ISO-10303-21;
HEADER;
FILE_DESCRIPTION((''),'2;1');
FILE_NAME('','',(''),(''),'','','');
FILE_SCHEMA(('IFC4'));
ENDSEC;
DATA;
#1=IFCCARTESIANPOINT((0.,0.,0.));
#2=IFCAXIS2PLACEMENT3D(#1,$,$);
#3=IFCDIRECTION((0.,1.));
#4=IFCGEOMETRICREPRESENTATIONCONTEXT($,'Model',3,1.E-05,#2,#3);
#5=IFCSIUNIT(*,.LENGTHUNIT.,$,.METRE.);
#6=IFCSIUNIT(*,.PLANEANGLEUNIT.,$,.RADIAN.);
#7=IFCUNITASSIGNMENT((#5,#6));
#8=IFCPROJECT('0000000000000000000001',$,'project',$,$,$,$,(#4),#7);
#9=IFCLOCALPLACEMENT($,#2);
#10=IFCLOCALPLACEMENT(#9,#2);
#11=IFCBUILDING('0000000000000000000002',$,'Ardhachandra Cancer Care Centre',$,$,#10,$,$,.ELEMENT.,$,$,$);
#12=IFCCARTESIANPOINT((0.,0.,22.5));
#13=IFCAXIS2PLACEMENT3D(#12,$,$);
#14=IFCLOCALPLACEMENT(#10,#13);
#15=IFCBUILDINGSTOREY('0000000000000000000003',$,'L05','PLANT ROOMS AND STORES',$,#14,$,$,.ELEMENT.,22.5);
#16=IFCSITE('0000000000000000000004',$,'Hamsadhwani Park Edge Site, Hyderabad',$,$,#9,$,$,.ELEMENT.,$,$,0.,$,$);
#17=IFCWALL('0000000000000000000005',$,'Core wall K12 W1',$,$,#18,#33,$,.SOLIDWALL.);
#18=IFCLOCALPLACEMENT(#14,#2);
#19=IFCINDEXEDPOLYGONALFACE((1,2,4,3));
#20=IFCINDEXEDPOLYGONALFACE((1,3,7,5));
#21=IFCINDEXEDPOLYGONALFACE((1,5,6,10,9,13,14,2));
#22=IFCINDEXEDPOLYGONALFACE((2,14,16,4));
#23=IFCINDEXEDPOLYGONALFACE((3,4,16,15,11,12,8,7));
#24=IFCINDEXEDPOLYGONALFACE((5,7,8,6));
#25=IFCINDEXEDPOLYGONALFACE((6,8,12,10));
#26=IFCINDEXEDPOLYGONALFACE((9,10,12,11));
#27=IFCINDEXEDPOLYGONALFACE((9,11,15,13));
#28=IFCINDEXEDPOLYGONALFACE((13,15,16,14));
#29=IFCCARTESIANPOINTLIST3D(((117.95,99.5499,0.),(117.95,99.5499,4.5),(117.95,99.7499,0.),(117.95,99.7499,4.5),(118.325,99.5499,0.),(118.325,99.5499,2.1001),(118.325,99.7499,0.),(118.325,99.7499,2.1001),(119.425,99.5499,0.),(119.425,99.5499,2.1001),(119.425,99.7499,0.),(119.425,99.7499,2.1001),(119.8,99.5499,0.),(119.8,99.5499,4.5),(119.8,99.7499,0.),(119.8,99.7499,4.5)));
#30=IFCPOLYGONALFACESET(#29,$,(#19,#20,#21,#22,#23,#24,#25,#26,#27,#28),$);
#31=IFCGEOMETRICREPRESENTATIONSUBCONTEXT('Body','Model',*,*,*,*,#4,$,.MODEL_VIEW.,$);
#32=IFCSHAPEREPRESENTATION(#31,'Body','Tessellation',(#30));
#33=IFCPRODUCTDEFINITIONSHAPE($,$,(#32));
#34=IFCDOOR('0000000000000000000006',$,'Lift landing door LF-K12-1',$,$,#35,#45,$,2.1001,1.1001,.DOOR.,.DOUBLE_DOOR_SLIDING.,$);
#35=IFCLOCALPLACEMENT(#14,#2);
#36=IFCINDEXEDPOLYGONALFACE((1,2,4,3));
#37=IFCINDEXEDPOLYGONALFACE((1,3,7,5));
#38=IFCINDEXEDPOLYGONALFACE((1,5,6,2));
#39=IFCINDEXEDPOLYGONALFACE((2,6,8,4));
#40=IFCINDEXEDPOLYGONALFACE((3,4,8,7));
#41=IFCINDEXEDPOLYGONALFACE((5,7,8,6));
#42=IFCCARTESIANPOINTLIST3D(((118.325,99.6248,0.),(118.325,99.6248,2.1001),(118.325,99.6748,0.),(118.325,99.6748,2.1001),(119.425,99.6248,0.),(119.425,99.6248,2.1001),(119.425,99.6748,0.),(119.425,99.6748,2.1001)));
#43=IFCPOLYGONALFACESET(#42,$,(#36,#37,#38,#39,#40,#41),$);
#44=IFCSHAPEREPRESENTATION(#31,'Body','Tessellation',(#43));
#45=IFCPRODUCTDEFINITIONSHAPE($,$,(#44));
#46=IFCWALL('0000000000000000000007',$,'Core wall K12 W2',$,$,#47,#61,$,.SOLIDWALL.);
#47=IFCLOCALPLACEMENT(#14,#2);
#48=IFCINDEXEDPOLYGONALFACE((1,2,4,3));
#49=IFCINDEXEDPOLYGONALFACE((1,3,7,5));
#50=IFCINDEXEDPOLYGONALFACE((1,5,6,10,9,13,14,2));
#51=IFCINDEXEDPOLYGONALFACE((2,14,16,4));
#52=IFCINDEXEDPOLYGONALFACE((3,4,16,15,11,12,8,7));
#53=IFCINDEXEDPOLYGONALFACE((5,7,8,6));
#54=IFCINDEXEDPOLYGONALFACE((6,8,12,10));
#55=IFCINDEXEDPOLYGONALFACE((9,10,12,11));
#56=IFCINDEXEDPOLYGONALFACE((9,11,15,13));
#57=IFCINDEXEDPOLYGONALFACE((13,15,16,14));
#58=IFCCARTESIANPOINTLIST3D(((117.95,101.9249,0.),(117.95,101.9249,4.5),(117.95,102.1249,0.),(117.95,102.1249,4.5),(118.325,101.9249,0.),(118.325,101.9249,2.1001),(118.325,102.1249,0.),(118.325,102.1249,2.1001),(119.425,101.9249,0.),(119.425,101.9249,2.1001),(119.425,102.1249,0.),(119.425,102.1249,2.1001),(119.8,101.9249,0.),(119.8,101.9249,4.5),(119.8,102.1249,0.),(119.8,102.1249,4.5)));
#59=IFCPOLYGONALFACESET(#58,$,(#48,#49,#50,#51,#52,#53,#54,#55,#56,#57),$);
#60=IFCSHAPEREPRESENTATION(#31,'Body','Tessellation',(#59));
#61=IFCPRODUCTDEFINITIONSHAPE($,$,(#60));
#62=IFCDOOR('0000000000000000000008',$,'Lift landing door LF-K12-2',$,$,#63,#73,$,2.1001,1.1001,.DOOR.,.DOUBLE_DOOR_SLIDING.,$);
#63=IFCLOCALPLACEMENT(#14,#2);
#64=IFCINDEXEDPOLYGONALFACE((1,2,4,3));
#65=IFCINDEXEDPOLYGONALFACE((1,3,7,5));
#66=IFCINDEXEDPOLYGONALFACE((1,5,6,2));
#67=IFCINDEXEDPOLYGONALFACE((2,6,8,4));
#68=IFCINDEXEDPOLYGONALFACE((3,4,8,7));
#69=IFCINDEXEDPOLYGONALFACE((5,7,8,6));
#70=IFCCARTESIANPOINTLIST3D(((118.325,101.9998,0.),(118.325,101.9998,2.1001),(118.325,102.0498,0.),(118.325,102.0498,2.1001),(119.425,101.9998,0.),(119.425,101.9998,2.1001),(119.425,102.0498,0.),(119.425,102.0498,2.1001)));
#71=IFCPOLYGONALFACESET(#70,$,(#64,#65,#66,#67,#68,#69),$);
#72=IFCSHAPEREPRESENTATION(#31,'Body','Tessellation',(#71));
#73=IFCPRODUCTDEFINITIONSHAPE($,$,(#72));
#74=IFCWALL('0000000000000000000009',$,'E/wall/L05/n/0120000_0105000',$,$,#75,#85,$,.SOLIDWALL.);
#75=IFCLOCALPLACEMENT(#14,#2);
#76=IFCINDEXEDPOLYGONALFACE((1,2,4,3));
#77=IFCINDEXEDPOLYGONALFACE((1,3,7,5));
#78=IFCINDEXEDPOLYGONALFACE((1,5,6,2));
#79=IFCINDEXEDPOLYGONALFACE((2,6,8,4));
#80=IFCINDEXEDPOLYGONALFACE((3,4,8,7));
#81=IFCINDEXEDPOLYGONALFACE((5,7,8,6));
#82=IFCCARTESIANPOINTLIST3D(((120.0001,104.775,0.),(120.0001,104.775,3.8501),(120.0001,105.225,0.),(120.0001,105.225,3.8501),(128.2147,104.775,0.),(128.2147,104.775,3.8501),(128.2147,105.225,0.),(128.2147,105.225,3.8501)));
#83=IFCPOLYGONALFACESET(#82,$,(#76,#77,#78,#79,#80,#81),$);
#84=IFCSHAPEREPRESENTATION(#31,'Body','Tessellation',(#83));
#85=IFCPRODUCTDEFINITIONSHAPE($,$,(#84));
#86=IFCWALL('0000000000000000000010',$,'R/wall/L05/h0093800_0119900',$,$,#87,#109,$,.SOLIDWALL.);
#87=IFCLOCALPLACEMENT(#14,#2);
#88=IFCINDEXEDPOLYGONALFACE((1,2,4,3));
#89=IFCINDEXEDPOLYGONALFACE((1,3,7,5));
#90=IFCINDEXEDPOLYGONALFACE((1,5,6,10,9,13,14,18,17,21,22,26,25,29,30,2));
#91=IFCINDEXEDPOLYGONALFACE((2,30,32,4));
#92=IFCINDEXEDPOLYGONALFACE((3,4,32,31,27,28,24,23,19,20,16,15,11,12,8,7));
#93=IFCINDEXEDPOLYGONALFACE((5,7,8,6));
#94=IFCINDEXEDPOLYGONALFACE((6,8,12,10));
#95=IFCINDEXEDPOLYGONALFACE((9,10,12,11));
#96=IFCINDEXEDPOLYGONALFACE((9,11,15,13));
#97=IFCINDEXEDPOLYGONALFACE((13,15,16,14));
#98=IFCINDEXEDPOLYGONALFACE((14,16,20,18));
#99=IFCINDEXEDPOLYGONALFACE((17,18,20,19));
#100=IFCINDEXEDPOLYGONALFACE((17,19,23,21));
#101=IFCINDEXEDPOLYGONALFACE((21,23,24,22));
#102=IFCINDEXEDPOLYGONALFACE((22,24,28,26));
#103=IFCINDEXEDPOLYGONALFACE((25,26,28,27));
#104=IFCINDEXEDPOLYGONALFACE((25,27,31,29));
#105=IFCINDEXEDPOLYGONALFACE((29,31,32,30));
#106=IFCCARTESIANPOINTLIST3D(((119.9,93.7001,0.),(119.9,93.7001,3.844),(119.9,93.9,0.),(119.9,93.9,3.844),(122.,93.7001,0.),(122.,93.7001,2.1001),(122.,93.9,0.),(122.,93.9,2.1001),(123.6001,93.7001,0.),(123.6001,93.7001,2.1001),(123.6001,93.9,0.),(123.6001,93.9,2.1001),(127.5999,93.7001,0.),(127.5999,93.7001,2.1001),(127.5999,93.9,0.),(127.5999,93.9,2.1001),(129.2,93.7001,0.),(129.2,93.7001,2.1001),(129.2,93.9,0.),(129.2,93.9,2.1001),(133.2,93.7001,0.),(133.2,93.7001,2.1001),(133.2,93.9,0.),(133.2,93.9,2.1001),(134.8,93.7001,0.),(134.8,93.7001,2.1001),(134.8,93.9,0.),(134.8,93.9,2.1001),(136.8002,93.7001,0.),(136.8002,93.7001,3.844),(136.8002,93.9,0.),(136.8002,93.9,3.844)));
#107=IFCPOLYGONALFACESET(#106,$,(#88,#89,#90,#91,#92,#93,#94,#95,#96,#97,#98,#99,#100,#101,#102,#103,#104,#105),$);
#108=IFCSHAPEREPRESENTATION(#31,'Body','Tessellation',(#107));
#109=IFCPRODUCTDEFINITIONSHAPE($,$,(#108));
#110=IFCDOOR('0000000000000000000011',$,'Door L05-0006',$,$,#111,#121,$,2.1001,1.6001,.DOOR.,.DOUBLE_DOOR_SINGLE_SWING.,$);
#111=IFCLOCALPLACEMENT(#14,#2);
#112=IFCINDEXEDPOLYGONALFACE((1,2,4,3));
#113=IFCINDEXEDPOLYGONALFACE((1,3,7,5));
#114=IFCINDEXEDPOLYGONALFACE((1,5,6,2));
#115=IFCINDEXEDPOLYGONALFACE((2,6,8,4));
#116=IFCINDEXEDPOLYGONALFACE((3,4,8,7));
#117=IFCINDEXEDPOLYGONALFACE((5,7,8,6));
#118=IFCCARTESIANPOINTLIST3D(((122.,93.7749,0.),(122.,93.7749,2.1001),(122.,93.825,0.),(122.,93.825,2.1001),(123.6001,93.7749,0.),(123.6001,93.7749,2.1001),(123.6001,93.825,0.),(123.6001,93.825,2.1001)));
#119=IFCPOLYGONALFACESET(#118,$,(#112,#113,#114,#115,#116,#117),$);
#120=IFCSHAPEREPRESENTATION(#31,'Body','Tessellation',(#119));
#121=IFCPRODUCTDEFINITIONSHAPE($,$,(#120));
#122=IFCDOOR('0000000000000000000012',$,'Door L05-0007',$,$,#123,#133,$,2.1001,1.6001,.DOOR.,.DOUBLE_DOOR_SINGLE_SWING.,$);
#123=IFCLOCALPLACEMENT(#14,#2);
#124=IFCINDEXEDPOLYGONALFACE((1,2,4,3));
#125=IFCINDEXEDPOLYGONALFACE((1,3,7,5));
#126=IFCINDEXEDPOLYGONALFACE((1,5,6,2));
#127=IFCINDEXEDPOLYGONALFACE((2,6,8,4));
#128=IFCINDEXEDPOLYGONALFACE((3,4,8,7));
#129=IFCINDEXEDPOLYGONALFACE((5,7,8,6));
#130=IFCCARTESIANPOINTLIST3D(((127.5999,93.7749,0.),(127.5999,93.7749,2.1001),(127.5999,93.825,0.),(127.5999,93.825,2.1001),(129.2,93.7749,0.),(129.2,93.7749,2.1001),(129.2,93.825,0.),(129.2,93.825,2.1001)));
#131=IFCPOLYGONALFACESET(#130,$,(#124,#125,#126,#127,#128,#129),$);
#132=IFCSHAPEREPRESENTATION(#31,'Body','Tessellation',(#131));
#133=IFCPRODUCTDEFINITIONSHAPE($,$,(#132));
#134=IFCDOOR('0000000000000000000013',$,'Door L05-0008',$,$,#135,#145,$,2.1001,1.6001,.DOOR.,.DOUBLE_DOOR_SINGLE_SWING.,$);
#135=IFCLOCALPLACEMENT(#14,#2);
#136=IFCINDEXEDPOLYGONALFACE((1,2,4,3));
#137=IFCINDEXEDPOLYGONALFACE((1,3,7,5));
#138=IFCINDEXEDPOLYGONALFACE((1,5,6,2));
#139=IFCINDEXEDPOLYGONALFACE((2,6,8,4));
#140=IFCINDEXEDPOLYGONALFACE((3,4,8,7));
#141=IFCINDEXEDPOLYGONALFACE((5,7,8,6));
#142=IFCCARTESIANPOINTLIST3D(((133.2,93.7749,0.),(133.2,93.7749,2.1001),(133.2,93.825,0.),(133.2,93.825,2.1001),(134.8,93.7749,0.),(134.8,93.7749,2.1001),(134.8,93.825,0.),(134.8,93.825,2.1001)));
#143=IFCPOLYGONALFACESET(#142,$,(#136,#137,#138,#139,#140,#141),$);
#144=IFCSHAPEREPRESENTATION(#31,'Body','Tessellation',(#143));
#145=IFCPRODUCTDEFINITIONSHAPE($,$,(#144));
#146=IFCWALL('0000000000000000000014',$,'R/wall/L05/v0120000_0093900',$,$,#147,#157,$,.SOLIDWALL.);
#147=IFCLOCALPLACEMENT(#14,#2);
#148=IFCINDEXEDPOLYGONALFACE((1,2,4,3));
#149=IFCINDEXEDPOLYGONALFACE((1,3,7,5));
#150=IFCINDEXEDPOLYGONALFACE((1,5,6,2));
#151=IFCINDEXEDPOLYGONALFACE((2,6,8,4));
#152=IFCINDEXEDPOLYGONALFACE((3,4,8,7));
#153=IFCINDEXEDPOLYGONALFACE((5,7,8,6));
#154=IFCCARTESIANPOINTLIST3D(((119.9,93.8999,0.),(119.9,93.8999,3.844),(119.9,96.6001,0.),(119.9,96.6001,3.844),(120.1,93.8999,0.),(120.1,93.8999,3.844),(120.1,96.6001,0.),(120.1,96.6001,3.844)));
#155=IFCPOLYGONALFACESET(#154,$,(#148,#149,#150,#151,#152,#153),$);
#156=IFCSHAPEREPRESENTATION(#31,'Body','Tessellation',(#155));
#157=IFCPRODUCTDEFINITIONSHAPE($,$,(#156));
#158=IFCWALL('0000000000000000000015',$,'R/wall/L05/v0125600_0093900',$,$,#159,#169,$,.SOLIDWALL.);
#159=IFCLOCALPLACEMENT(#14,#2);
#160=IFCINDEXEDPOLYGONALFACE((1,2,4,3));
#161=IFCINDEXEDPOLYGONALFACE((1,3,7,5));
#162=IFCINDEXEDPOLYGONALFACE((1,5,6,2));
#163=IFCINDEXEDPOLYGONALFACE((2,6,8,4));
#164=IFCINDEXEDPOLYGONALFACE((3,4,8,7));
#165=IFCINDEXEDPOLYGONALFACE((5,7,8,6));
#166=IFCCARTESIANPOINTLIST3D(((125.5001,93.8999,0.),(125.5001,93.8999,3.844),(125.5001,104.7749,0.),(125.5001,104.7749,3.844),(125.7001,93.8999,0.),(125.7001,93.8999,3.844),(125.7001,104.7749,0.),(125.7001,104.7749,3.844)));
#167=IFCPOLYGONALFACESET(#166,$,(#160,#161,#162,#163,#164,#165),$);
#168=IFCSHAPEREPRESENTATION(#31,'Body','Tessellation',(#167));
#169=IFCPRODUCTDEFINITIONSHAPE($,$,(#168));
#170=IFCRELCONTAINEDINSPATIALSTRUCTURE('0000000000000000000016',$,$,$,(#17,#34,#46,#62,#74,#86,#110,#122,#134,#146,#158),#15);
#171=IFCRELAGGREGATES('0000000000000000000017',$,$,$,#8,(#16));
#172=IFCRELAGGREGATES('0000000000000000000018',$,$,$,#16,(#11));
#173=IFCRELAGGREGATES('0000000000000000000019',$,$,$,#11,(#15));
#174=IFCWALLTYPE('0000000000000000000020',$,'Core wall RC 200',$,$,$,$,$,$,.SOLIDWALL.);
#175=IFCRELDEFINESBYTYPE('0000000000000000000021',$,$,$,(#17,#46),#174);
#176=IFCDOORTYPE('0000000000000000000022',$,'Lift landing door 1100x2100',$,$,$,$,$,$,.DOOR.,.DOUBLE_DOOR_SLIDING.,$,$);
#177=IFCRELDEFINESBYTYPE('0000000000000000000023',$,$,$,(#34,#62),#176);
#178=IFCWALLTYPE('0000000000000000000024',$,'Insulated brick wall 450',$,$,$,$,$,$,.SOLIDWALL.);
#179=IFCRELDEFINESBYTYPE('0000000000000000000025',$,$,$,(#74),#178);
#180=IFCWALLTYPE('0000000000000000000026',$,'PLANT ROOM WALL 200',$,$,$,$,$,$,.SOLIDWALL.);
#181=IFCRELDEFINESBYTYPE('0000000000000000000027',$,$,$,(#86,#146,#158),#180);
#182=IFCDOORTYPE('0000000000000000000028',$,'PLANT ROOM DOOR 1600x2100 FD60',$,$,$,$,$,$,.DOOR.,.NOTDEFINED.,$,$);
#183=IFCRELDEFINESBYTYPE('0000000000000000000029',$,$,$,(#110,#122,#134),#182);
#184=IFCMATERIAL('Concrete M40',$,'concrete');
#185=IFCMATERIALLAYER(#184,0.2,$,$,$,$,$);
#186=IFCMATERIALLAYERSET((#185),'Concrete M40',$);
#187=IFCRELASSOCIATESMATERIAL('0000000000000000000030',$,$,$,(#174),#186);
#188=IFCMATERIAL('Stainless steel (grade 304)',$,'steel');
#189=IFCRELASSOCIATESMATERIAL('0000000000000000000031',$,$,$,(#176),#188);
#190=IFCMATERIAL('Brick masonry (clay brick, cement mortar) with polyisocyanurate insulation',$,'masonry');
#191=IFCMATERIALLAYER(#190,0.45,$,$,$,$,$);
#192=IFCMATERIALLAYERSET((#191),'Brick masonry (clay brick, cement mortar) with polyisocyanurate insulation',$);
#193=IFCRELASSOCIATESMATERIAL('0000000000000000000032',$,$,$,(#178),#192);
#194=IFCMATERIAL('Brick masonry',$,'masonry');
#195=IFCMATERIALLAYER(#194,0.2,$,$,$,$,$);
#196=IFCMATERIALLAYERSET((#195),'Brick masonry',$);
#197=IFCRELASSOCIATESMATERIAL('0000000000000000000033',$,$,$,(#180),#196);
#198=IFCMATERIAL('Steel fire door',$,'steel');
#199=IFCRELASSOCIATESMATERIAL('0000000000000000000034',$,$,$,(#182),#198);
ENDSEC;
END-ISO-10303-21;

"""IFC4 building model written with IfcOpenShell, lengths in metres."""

from ifc_helpers import new_model, si_unit, direction, frame, frame_2d, origin, place, context, subcontext, project, spatial, rectangle, extrude, material, layer, layer_set, type_object, element, fill, save


model = new_model("IFC4")

# Units and contexts
model_context = context("Model", 3, precision=1e-05, world=origin(), true_north=direction((0.0, 1.0)))
body_context = subcontext(model_context, "Body", "Model", "MODEL_VIEW")
ifc_project = project(units=[si_unit("LENGTHUNIT", "METRE"), si_unit("PLANEANGLEUNIT", "RADIAN")], contexts=[model_context])

# Site, building, storey
site_placement = place(None, origin())
site = spatial("IfcSite", under=ifc_project, at=site_placement, Name="Hamsadhwani Park Edge Site, Hyderabad", CompositionType="ELEMENT", RefElevation=0.0)
building_placement = place(site_placement, origin())
building = spatial("IfcBuilding", under=site, at=building_placement, Name="Ardhachandra Cancer Care Centre", CompositionType="ELEMENT")
storey_placement = place(building_placement, frame((0.0, 0.0, 22.5)))
storey = spatial("IfcBuildingStorey", under=building, at=storey_placement, Name="L05", Description="PLANT ROOMS AND STORES", CompositionType="ELEMENT", Elevation=22.5)

# Shared definitions
ifc_material_1 = material(Name="Concrete M40", Category="concrete")
ifc_layer_1 = layer(ifc_material_1, 0.2)
ifc_layer_set_1 = layer_set([ifc_layer_1], Name="Concrete M40")
wall_type_1 = type_object("IfcWallType", Name="Core wall RC 200", PredefinedType="SOLIDWALL", material=ifc_layer_set_1)

# Walls, openings, doors
wall_1_placement = place(storey_placement, frame((117.95, 99.6499, 0.0), z_axis=(0.0, 0.0, 1.0), x_axis=(1.0, 0.0, 0.0)))
wall_1 = element("IfcWall", 1, at=wall_1_placement, inside=storey, type_object=wall_type_1, Name="Core wall K12 W1", PredefinedType="SOLIDWALL", context=body_context, shape_type="SweptSolid", body=[
    extrude(rectangle(XDim=1.8501, YDim=0.2, at=frame_2d((0.925, 0.0))), origin(), (0.0, 0.0, 1.0), 4.5),
])
opening_1_placement = place(wall_1_placement, frame((0.375, 0.0, 0.0)))
opening_1 = element("IfcOpeningElement", 2, at=opening_1_placement, cuts=wall_1, PredefinedType="OPENING", context=body_context, shape_type="SweptSolid", body=[
    extrude(rectangle(XDim=1.1001, YDim=2.1001, at=frame_2d((0.55, 1.05))), frame((0.0, 0.1099, 0.0), z_axis=(0.0, -1.0, 0.0), x_axis=(1.0, 0.0, 0.0)), (0.0, 0.0, 1.0), 0.22),
])
ifc_material_2 = material(Name="Stainless steel (grade 304)", Category="steel")
door_type_1 = type_object("IfcDoorType", Name="Lift landing door 1100x2100", OperationType="DOUBLE_DOOR_SLIDING", PredefinedType="DOOR", material=ifc_material_2)
door_1_placement = place(opening_1_placement, origin())
door_1 = element("IfcDoor", 3, at=door_1_placement, inside=storey, type_object=door_type_1, Name="Lift landing door LF-K12-1", OperationType="DOUBLE_DOOR_SLIDING", OverallHeight=2.1001, OverallWidth=1.1001, PredefinedType="DOOR", context=body_context, shape_type="SweptSolid", body=[
    extrude(rectangle(XDim=1.1001, YDim=2.1001, at=frame_2d((0.55, 1.05))), frame((0.0, 0.0249, 0.0), z_axis=(0.0, -1.0, 0.0), x_axis=(1.0, 0.0, 0.0)), (0.0, 0.0, 1.0), 0.05),
])
fill(opening_1, door_1)
wall_2_placement = place(storey_placement, frame((117.95, 102.0249, 0.0), z_axis=(0.0, 0.0, 1.0), x_axis=(1.0, 0.0, 0.0)))
wall_2 = element("IfcWall", 4, at=wall_2_placement, inside=storey, type_object=wall_type_1, Name="Core wall K12 W2", PredefinedType="SOLIDWALL", context=body_context, shape_type="SweptSolid", body=[
    extrude(rectangle(XDim=1.8501, YDim=0.2, at=frame_2d((0.925, 0.0))), origin(), (0.0, 0.0, 1.0), 4.5),
])
opening_2_placement = place(wall_2_placement, frame((0.375, 0.0, 0.0)))
opening_2 = element("IfcOpeningElement", 5, at=opening_2_placement, cuts=wall_2, PredefinedType="OPENING", context=body_context, shape_type="SweptSolid", body=[
    extrude(rectangle(XDim=1.1001, YDim=2.1001, at=frame_2d((0.55, 1.05))), frame((0.0, 0.1099, 0.0), z_axis=(0.0, -1.0, 0.0), x_axis=(1.0, 0.0, 0.0)), (0.0, 0.0, 1.0), 0.22),
])
door_2_placement = place(opening_2_placement, origin())
door_2 = element("IfcDoor", 6, at=door_2_placement, inside=storey, type_object=door_type_1, Name="Lift landing door LF-K12-2", OperationType="DOUBLE_DOOR_SLIDING", OverallHeight=2.1001, OverallWidth=1.1001, PredefinedType="DOOR", context=body_context, shape_type="SweptSolid", body=[
    extrude(rectangle(XDim=1.1001, YDim=2.1001, at=frame_2d((0.55, 1.05))), frame((0.0, 0.0249, 0.0), z_axis=(0.0, -1.0, 0.0), x_axis=(1.0, 0.0, 0.0)), (0.0, 0.0, 1.0), 0.05),
])
fill(opening_2, door_2)

# Wall
ifc_material_3 = material(Name="Brick masonry (clay brick, cement mortar) with polyisocyanurate insulation", Category="masonry")
ifc_layer_2 = layer(ifc_material_3, 0.45)
ifc_layer_set_2 = layer_set([ifc_layer_2], Name="Brick masonry (clay brick, cement mortar) with polyisocyanurate insulation")
wall_type_2 = type_object("IfcWallType", Name="Insulated brick wall 450", PredefinedType="SOLIDWALL", material=ifc_layer_set_2)
wall_3_placement = place(storey_placement, frame((120.0, 105.0, 0.0), z_axis=(0.0, 0.0, 1.0), x_axis=(1.0, 0.0, 0.0)))
element("IfcWall", 7, at=wall_3_placement, inside=storey, type_object=wall_type_2, Name="E/wall/L05/n/0120000_0105000", PredefinedType="SOLIDWALL", context=body_context, shape_type="SweptSolid", body=[
    extrude(rectangle(XDim=8.2146, YDim=0.45, at=frame_2d((4.1074, 0.0))), origin(), (0.0, 0.0, 1.0), 3.8501),
])

# Wall, openings, doors
ifc_material_4 = material(Name="Brick masonry", Category="masonry")
ifc_layer_3 = layer(ifc_material_4, 0.2)
ifc_layer_set_3 = layer_set([ifc_layer_3], Name="Brick masonry")
wall_type_3 = type_object("IfcWallType", Name="PLANT ROOM WALL 200", PredefinedType="SOLIDWALL", material=ifc_layer_set_3)
wall_4_placement = place(storey_placement, frame((119.8999, 93.8, 0.0), z_axis=(0.0, 0.0, 1.0), x_axis=(1.0, 0.0, 0.0)))
wall_4 = element("IfcWall", 8, at=wall_4_placement, inside=storey, type_object=wall_type_3, Name="R/wall/L05/h0093800_0119900", PredefinedType="SOLIDWALL", context=body_context, shape_type="SweptSolid", body=[
    extrude(rectangle(XDim=16.9001, YDim=0.2, at=frame_2d((8.4502, 0.0))), origin(), (0.0, 0.0, 1.0), 3.844),
])
opening_3_placement = place(wall_4_placement, frame((2.1001, 0.0, 0.0)))
opening_3 = element("IfcOpeningElement", 9, at=opening_3_placement, cuts=wall_4, PredefinedType="OPENING", context=body_context, shape_type="SweptSolid", body=[
    extrude(rectangle(XDim=1.6001, YDim=2.1001, at=frame_2d((0.8, 1.05))), frame((0.0, 0.1099, 0.0), z_axis=(0.0, -1.0, 0.0), x_axis=(1.0, 0.0, 0.0)), (0.0, 0.0, 1.0), 0.22),
])
opening_4_placement = place(wall_4_placement, frame((7.7, 0.0, 0.0)))
opening_4 = element("IfcOpeningElement", 10, at=opening_4_placement, cuts=wall_4, PredefinedType="OPENING", context=body_context, shape_type="SweptSolid", body=[
    extrude(rectangle(XDim=1.6001, YDim=2.1001, at=frame_2d((0.8, 1.05))), frame((0.0, 0.1099, 0.0), z_axis=(0.0, -1.0, 0.0), x_axis=(1.0, 0.0, 0.0)), (0.0, 0.0, 1.0), 0.22),
])
opening_5_placement = place(wall_4_placement, frame((13.3, 0.0, 0.0)))
opening_5 = element("IfcOpeningElement", 11, at=opening_5_placement, cuts=wall_4, PredefinedType="OPENING", context=body_context, shape_type="SweptSolid", body=[
    extrude(rectangle(XDim=1.6001, YDim=2.1001, at=frame_2d((0.8, 1.05))), frame((0.0, 0.1099, 0.0), z_axis=(0.0, -1.0, 0.0), x_axis=(1.0, 0.0, 0.0)), (0.0, 0.0, 1.0), 0.22),
])
ifc_material_5 = material(Name="Steel fire door", Category="steel")
door_type_2 = type_object("IfcDoorType", Name="PLANT ROOM DOOR 1600x2100 FD60", OperationType="NOTDEFINED", PredefinedType="DOOR", material=ifc_material_5)
door_3_placement = place(opening_3_placement, origin())
door_3 = element("IfcDoor", 12, at=door_3_placement, inside=storey, type_object=door_type_2, Name="Door L05-0006", OperationType="DOUBLE_DOOR_SINGLE_SWING", OverallHeight=2.1001, OverallWidth=1.6001, PredefinedType="DOOR", context=body_context, shape_type="SweptSolid", body=[
    extrude(rectangle(XDim=1.6001, YDim=2.1001, at=frame_2d((0.8, 1.05))), frame((0.0, 0.0249, 0.0), z_axis=(0.0, -1.0, 0.0), x_axis=(1.0, 0.0, 0.0)), (0.0, 0.0, 1.0), 0.05),
])
fill(opening_3, door_3)
door_4_placement = place(opening_4_placement, origin())
door_4 = element("IfcDoor", 13, at=door_4_placement, inside=storey, type_object=door_type_2, Name="Door L05-0007", OperationType="DOUBLE_DOOR_SINGLE_SWING", OverallHeight=2.1001, OverallWidth=1.6001, PredefinedType="DOOR", context=body_context, shape_type="SweptSolid", body=[
    extrude(rectangle(XDim=1.6001, YDim=2.1001, at=frame_2d((0.8, 1.05))), frame((0.0, 0.0249, 0.0), z_axis=(0.0, -1.0, 0.0), x_axis=(1.0, 0.0, 0.0)), (0.0, 0.0, 1.0), 0.05),
])
fill(opening_4, door_4)
door_5_placement = place(opening_5_placement, origin())
door_5 = element("IfcDoor", 14, at=door_5_placement, inside=storey, type_object=door_type_2, Name="Door L05-0008", OperationType="DOUBLE_DOOR_SINGLE_SWING", OverallHeight=2.1001, OverallWidth=1.6001, PredefinedType="DOOR", context=body_context, shape_type="SweptSolid", body=[
    extrude(rectangle(XDim=1.6001, YDim=2.1001, at=frame_2d((0.8, 1.05))), frame((0.0, 0.0249, 0.0), z_axis=(0.0, -1.0, 0.0), x_axis=(1.0, 0.0, 0.0)), (0.0, 0.0, 1.0), 0.05),
])
fill(opening_5, door_5)

# Walls
wall_5_placement = place(storey_placement, frame((120.0, 93.8999, 0.0), z_axis=(0.0, 0.0, 1.0), x_axis=(0.0, 1.0, 0.0)))
element("IfcWall", 15, at=wall_5_placement, inside=storey, type_object=wall_type_3, Name="R/wall/L05/v0120000_0093900", PredefinedType="SOLIDWALL", context=body_context, shape_type="SweptSolid", body=[
    extrude(rectangle(XDim=2.7002, YDim=0.2, at=frame_2d((1.3501, 0.0))), origin(), (0.0, 0.0, 1.0), 3.844),
])
wall_6_placement = place(storey_placement, frame((125.6001, 93.8999, 0.0), z_axis=(0.0, 0.0, 1.0), x_axis=(0.0, 1.0, 0.0)))
element("IfcWall", 16, at=wall_6_placement, inside=storey, type_object=wall_type_3, Name="R/wall/L05/v0125600_0093900", PredefinedType="SOLIDWALL", context=body_context, shape_type="SweptSolid", body=[
    extrude(rectangle(XDim=10.875, YDim=0.2, at=frame_2d((5.4375, 0.0))), origin(), (0.0, 0.0, 1.0), 3.844),
])

save(model, "model.ifc")
